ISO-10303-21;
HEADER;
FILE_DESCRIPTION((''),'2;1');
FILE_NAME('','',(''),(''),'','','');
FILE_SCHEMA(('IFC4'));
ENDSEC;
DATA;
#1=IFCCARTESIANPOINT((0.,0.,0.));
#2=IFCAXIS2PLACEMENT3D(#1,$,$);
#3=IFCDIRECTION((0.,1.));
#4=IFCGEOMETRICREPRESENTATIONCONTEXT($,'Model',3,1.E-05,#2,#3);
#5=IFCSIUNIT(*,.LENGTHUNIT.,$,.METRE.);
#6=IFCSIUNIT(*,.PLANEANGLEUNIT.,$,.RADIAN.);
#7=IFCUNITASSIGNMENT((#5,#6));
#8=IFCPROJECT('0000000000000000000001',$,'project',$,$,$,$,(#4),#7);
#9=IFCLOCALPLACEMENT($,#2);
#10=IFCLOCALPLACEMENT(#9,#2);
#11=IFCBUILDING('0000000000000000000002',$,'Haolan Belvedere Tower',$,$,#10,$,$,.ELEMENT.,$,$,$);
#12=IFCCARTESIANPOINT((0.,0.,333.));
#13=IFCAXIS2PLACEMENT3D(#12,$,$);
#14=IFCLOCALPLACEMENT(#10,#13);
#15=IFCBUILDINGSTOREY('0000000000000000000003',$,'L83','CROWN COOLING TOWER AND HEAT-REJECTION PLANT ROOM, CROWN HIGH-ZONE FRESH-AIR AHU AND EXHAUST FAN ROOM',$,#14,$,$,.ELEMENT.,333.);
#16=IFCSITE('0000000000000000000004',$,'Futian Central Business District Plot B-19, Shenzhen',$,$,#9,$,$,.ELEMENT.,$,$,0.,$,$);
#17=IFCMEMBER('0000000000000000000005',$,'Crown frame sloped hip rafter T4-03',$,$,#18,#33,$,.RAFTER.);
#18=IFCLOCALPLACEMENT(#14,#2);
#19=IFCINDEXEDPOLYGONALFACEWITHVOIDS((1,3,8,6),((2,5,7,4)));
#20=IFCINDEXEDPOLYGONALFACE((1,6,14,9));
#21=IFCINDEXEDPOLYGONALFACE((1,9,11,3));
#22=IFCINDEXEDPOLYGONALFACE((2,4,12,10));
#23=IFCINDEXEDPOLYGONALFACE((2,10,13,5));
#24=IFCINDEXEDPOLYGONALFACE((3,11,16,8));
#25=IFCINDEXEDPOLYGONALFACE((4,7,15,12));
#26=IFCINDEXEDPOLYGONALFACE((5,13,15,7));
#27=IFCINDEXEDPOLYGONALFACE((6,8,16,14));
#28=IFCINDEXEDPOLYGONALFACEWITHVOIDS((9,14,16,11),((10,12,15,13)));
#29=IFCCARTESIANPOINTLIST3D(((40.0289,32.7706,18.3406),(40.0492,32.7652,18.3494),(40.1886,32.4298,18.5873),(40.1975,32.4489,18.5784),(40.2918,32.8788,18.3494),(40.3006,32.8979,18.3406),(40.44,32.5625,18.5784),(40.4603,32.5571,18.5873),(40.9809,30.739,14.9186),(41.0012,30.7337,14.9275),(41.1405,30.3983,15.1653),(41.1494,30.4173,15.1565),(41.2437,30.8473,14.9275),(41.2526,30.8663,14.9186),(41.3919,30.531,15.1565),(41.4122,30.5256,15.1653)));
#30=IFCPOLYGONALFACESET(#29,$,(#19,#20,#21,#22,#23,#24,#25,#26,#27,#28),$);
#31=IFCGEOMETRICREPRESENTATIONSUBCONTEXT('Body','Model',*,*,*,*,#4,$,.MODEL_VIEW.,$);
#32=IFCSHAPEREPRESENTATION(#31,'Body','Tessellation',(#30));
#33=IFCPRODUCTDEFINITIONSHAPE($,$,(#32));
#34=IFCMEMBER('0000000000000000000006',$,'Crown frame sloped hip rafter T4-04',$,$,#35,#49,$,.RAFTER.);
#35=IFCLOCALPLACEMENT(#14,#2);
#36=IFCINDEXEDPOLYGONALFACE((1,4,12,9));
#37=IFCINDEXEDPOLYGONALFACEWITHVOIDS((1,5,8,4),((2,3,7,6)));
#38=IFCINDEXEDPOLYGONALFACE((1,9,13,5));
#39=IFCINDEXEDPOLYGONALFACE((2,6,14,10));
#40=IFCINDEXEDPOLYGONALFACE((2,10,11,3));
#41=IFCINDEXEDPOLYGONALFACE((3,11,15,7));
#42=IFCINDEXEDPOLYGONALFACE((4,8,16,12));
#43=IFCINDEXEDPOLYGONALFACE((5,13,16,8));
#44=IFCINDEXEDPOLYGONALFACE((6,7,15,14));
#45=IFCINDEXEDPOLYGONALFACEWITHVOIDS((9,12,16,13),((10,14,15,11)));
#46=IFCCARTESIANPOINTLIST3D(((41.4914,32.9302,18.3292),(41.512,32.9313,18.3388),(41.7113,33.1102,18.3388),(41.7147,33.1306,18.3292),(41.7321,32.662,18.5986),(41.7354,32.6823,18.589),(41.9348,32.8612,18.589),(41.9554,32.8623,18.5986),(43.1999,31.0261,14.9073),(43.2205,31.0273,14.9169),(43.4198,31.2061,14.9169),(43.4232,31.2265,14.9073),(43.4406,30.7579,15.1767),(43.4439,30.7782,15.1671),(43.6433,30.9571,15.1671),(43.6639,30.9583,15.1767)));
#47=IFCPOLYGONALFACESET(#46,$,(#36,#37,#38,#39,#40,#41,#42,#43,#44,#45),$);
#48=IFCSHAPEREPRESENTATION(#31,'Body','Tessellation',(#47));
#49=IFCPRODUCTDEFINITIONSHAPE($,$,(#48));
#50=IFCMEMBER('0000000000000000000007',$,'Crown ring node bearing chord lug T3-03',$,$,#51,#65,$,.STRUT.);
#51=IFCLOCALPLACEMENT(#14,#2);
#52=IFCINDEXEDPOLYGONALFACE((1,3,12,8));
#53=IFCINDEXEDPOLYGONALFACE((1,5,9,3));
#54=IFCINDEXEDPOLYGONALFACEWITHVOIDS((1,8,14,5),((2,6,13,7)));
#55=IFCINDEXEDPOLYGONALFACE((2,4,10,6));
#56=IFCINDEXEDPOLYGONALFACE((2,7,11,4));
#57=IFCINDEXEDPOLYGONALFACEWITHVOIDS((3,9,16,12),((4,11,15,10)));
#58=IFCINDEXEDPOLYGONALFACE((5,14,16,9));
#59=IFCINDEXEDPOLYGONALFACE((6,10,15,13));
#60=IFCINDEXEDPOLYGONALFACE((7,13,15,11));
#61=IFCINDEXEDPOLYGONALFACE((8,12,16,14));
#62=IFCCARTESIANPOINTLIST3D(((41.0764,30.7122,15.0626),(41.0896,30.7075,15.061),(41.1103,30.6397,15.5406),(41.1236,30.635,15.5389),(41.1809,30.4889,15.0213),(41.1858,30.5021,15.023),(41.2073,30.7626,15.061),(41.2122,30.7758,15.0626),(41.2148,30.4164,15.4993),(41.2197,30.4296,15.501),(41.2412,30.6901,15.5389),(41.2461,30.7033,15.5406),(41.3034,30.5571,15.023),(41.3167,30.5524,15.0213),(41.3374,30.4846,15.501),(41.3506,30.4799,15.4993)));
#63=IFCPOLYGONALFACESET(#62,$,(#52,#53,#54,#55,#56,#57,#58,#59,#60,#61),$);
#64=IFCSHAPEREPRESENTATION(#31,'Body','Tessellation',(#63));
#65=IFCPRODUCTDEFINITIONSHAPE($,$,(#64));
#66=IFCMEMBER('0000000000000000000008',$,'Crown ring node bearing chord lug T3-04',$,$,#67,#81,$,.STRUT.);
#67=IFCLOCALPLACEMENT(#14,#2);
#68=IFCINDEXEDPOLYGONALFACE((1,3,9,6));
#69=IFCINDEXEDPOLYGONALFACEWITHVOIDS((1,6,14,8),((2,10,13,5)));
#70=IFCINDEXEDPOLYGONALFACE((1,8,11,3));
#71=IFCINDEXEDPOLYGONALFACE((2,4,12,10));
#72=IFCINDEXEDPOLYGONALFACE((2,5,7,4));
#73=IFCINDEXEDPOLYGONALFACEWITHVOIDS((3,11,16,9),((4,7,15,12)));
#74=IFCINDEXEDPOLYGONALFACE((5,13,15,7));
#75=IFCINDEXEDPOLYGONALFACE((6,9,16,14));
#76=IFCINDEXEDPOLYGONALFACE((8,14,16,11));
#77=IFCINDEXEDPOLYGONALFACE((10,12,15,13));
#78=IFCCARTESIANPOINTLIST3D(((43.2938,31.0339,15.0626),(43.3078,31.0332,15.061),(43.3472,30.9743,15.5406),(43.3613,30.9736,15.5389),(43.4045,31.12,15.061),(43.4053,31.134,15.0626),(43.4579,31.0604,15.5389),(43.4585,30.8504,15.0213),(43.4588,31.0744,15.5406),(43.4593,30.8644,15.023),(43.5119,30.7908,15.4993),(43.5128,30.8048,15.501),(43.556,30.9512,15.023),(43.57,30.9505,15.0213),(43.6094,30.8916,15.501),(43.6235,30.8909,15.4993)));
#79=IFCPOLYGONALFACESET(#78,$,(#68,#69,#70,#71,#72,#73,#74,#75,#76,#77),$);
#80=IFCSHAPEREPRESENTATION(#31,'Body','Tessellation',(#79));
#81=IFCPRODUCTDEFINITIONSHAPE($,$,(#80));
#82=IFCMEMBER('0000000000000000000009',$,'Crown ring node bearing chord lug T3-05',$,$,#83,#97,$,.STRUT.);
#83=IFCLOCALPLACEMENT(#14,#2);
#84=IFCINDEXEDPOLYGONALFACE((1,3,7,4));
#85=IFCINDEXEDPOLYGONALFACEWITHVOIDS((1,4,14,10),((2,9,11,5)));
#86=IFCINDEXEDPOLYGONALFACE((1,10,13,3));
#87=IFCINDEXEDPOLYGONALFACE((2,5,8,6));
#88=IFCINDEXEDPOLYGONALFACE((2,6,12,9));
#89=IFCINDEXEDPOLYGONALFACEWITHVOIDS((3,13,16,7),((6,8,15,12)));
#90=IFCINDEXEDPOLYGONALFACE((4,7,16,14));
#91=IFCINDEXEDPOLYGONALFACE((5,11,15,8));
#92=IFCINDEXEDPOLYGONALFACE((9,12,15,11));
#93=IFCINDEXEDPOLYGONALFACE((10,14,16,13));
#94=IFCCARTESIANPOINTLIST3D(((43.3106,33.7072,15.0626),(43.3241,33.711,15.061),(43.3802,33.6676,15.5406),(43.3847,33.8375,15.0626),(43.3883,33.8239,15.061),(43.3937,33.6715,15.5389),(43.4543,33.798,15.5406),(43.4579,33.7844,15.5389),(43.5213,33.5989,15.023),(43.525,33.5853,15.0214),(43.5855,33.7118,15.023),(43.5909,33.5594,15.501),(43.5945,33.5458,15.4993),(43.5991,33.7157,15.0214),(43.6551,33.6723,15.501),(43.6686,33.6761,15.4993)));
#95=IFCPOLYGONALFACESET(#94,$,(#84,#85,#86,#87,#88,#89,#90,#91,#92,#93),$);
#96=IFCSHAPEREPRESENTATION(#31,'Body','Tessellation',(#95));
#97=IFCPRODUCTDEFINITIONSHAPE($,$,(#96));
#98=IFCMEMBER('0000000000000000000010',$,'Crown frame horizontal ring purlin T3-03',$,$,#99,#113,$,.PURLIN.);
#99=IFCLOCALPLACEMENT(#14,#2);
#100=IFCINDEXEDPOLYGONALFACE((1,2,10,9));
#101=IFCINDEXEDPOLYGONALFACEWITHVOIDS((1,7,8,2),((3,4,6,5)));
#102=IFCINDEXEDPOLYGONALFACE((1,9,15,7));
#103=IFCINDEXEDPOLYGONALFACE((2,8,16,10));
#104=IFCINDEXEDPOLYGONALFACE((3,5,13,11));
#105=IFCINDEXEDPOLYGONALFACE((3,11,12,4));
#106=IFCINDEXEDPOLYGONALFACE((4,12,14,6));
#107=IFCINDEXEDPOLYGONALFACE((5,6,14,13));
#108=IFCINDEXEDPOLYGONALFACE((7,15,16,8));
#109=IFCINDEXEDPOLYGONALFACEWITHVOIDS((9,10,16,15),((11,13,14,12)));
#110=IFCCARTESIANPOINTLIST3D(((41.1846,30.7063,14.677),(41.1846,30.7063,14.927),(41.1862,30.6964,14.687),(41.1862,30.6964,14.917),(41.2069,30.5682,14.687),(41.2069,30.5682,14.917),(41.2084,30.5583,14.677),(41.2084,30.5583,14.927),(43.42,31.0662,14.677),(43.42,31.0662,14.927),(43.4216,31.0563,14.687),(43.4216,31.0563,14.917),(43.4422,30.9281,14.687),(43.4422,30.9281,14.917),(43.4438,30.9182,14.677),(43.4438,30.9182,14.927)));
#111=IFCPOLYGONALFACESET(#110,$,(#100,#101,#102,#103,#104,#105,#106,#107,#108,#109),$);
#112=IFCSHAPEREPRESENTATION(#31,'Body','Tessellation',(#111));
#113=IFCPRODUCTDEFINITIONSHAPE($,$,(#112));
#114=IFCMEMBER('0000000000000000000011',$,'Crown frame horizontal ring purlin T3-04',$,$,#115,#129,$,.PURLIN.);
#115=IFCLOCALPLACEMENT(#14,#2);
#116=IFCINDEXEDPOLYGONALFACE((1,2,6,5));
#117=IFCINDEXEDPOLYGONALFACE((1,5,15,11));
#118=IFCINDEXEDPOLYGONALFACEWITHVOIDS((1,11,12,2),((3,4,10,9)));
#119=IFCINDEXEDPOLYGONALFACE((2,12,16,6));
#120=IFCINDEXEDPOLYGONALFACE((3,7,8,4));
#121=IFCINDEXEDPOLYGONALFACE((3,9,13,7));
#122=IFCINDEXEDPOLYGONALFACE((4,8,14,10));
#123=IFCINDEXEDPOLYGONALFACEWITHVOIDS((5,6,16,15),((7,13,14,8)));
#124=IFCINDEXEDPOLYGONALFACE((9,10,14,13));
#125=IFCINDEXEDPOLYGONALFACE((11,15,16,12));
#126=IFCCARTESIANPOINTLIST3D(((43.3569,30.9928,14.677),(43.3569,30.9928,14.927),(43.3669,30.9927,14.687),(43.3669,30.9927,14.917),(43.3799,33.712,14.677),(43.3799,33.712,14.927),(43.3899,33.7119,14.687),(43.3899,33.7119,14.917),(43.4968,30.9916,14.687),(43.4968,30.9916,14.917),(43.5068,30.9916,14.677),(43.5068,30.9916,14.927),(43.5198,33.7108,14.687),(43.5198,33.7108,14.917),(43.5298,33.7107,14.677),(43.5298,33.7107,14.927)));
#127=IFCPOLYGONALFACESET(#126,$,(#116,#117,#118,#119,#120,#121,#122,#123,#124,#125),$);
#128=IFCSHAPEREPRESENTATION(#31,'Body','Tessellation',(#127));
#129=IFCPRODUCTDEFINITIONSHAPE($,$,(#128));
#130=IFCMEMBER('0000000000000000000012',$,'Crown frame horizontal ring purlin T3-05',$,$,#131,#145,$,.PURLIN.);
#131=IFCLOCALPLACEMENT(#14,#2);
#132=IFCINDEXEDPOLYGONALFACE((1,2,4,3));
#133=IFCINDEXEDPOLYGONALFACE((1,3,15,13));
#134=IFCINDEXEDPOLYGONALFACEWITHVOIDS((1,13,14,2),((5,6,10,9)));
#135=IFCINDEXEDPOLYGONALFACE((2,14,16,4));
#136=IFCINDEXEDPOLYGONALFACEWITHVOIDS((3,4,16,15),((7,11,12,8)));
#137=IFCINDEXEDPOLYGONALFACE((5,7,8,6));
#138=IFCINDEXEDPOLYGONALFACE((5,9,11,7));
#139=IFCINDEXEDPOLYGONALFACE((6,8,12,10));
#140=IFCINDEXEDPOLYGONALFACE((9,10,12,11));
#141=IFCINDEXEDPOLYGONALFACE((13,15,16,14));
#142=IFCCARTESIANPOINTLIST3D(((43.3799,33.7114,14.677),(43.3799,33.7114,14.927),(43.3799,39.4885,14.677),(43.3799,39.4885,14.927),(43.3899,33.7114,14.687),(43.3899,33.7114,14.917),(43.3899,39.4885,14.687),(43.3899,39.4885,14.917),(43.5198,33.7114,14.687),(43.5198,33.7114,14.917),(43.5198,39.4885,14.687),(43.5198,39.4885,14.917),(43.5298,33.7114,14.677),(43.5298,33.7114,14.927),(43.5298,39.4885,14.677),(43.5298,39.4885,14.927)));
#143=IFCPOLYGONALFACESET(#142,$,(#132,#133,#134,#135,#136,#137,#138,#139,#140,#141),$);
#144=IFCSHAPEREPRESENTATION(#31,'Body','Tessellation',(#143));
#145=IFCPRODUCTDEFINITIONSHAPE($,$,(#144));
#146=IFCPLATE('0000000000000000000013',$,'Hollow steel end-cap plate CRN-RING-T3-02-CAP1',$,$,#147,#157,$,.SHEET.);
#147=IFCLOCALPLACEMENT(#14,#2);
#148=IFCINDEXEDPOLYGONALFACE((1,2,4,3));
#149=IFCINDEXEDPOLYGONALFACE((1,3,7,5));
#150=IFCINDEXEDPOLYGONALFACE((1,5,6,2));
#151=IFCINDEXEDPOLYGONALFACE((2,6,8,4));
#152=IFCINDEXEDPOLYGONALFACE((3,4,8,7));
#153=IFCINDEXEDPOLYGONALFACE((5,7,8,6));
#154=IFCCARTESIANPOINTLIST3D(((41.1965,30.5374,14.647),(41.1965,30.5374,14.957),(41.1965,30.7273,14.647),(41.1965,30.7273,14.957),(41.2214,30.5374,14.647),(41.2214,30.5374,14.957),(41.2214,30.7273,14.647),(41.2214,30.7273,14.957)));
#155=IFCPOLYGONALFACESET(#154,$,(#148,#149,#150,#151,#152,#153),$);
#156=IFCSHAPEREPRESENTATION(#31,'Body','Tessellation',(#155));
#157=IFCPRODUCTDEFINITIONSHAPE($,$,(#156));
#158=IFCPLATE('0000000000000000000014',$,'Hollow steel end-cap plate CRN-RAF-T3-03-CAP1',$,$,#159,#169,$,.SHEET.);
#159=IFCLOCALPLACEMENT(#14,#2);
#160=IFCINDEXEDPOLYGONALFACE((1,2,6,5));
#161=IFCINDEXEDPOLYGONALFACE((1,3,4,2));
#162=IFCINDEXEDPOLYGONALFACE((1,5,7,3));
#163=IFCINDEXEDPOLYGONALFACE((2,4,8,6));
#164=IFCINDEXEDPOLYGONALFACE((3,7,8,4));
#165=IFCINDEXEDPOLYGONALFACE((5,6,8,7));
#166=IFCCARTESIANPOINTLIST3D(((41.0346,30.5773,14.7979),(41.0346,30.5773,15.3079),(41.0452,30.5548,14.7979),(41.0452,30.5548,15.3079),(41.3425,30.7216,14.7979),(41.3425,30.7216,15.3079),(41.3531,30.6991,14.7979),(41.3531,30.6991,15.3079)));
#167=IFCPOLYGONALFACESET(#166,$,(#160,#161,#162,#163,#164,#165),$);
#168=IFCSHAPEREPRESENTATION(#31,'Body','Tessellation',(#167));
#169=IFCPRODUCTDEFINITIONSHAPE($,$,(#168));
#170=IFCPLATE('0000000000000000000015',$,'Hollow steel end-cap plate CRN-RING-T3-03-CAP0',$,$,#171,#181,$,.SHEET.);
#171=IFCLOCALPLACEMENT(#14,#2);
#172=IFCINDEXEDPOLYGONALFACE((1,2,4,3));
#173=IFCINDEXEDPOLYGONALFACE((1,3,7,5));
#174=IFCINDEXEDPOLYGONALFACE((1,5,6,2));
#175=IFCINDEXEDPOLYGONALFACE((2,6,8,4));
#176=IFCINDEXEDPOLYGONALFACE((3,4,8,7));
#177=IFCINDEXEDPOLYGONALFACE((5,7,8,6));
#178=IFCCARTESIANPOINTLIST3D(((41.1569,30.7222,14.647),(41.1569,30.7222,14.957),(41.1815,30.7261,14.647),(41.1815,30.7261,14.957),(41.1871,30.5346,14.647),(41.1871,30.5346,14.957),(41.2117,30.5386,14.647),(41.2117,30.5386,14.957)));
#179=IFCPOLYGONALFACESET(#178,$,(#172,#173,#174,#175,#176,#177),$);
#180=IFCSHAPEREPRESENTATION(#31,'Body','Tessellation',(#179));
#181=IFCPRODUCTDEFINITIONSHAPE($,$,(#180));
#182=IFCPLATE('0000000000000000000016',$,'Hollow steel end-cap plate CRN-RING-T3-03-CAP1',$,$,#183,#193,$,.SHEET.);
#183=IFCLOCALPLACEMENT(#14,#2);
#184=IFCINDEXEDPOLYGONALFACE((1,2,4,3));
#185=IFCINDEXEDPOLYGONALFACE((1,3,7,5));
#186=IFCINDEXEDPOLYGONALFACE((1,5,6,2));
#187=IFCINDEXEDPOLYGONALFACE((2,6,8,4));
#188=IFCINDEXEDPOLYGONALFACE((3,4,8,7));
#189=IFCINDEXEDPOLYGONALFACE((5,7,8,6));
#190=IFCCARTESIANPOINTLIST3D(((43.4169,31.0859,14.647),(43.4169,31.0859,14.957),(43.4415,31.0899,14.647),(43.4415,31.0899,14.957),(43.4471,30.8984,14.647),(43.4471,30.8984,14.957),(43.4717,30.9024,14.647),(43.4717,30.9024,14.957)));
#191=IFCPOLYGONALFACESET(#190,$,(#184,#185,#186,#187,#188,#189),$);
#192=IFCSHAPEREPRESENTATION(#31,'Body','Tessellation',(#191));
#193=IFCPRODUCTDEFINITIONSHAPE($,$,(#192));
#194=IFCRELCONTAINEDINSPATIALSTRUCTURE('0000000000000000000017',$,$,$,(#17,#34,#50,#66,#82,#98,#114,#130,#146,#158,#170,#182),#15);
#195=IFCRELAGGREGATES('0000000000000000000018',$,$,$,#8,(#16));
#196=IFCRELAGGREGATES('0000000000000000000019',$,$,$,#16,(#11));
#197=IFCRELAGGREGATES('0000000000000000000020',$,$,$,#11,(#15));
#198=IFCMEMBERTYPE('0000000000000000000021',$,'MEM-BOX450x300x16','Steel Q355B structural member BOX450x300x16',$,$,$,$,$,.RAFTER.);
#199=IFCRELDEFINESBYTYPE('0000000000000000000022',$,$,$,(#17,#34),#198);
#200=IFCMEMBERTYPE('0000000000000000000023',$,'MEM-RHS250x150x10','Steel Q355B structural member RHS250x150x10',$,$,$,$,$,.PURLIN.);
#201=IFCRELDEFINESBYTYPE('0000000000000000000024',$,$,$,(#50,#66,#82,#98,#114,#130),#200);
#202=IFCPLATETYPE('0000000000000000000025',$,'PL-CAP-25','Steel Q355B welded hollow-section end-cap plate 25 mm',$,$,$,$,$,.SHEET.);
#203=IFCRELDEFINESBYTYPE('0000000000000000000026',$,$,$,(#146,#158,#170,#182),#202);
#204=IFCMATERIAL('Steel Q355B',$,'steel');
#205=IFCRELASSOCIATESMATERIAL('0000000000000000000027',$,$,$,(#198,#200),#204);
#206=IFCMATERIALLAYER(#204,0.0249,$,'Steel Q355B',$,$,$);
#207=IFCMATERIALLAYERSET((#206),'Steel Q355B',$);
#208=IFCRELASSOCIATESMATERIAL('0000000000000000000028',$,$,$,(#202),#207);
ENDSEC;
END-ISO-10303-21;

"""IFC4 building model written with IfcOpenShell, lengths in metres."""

from ifc_helpers import new_model, si_unit, direction, frame, origin, origin_2d, place, context, subcontext, project, spatial, rectangle, hollow_rectangle, extrude, material, layer, layer_set, material_profile, profile_set, type_object, element, save


model = new_model("IFC4")

# Units and contexts
model_context = context("Model", 3, precision=1e-05, world=origin(), true_north=direction((0.0, 1.0)))
body_context = subcontext(model_context, "Body", "Model", "MODEL_VIEW")
ifc_project = project(units=[si_unit("LENGTHUNIT", "METRE"), si_unit("PLANEANGLEUNIT", "RADIAN")], contexts=[model_context])

# Site, building, storey
site_placement = place(None, origin())
site = spatial("IfcSite", under=ifc_project, at=site_placement, Name="Futian Central Business District Plot B-19, Shenzhen", CompositionType="ELEMENT", RefElevation=0.0)
building_placement = place(site_placement, origin())
building = spatial("IfcBuilding", under=site, at=building_placement, Name="Haolan Belvedere Tower", CompositionType="ELEMENT")
storey_placement = place(building_placement, frame((0.0, 0.0, 333.0)))
storey = spatial("IfcBuildingStorey", under=building, at=storey_placement, Name="L83", Description="CROWN COOLING TOWER AND HEAT-REJECTION PLANT ROOM, CROWN HIGH-ZONE FRESH-AIR AHU AND EXHAUST FAN ROOM", CompositionType="ELEMENT", Elevation=333.0)

# Members
ifc_material_1 = material(Name="Steel Q355B", Category="steel")
ifc_material_profile_1 = material_profile(ifc_material_1, hollow_rectangle(XDim=0.3, YDim=0.45, WallThickness=0.0161, at=origin_2d()), Name="Steel Q355B")
ifc_profile_set_1 = profile_set([ifc_material_profile_1], Name="Steel Q355B")
member_type_1 = type_object("IfcMemberType", Name="MEM-BOX450x300x16", Description="Steel Q355B structural member BOX450x300x16", PredefinedType="RAFTER", material=ifc_profile_set_1)
member_1_placement = place(storey_placement, frame((41.1965, 30.6323, 15.042), z_axis=(-0.232641, 0.496487, 0.836289), x_axis=(-0.90552, -0.424303, 0.0)))
element("IfcMember", 1, at=member_1_placement, inside=storey, type_object=member_type_1, Name="Crown frame sloped hip rafter T4-03", PredefinedType="RAFTER", context=body_context, shape_type="SweptSolid", body=[
    extrude(hollow_rectangle(XDim=0.3, YDim=0.45, WallThickness=0.0161, at=origin_2d()), origin(), (0.0, 0.0, 1.0), 4.0918),
])
member_2_placement = place(storey_placement, frame((43.4319, 30.9922, 15.042), z_axis=(-0.399889, 0.445661, 0.800921), x_axis=(-0.744295, -0.667851, 0.0)))
element("IfcMember", 2, at=member_2_placement, inside=storey, type_object=member_type_1, Name="Crown frame sloped hip rafter T4-04", PredefinedType="RAFTER", context=body_context, shape_type="SweptSolid", body=[
    extrude(hollow_rectangle(XDim=0.3, YDim=0.45, WallThickness=0.0161, at=origin_2d()), origin(), (0.0, 0.0, 1.0), 4.2725),
])
ifc_material_profile_2 = material_profile(ifc_material_1, hollow_rectangle(XDim=0.1499, YDim=0.25, WallThickness=0.01, at=origin_2d()), Name="Steel Q355B")
ifc_profile_set_2 = profile_set([ifc_material_profile_2], Name="Steel Q355B")
member_type_2 = type_object("IfcMemberType", Name="MEM-RHS250x150x10", Description="Steel Q355B structural member RHS250x150x10", PredefinedType="PURLIN", material=ifc_profile_set_2)
for number, where, z_axis, x_axis, name in (
    (3, (41.1965, 30.6323, 15.042), (0.070016, -0.149602, 0.986264), (0.905715, 0.423887, 0.0), "Crown ring node bearing chord lug T3-03"),
    (4, (43.4319, 30.9922, 15.042), (0.110313, -0.122906, 0.986268), (0.744203, 0.667953, 0.0), "Crown ring node bearing chord lug T3-04"),
    (5, (43.4548, 33.7114, 15.042), (0.143558, -0.081602, 0.986272), (0.494167, 0.869367, 0.0), "Crown ring node bearing chord lug T3-05"),
):
    element("IfcMember", number, at=place(storey_placement, frame(where, z_axis=z_axis, x_axis=x_axis)), inside=storey, type_object=member_type_2, Name=name, PredefinedType="STRUT", context=body_context, shape_type="SweptSolid", body=[
        extrude(hollow_rectangle(XDim=0.1499, YDim=0.25, WallThickness=0.01, at=origin_2d()), origin(), (0.0, 0.0, 1.0), 0.4846),
    ])
member_3_placement = place(storey_placement, frame((41.1965, 30.6323, 14.802), z_axis=(0.987288, 0.158941, 0.0), x_axis=(-0.158941, 0.987288, 0.0)))
element("IfcMember", 6, at=member_3_placement, inside=storey, type_object=member_type_2, Name="Crown frame horizontal ring purlin T3-03", PredefinedType="PURLIN", context=body_context, shape_type="SweptSolid", body=[
    extrude(hollow_rectangle(XDim=0.1499, YDim=0.25, WallThickness=0.01, at=origin_2d()), origin(), (0.0, 0.0, 1.0), 2.2642),
])
member_4_placement = place(storey_placement, frame((43.4319, 30.9922, 14.802), z_axis=(0.008439, 0.999964, 0.0), x_axis=(-0.999964, 0.008439, 0.0)))
element("IfcMember", 7, at=member_4_placement, inside=storey, type_object=member_type_2, Name="Crown frame horizontal ring purlin T3-04", PredefinedType="PURLIN", context=body_context, shape_type="SweptSolid", body=[
    extrude(hollow_rectangle(XDim=0.1499, YDim=0.25, WallThickness=0.01, at=origin_2d()), origin(), (0.0, 0.0, 1.0), 2.7192),
])
member_5_placement = place(storey_placement, frame((43.4548, 33.7114, 14.802), z_axis=(0.0, 1.0, 0.0), x_axis=(-1.0, 0.0, 0.0)))
element("IfcMember", 8, at=member_5_placement, inside=storey, type_object=member_type_2, Name="Crown frame horizontal ring purlin T3-05", PredefinedType="PURLIN", context=body_context, shape_type="SweptSolid", body=[
    extrude(hollow_rectangle(XDim=0.1499, YDim=0.25, WallThickness=0.01, at=origin_2d()), origin(), (0.0, 0.0, 1.0), 5.7771),
])

# Plates
ifc_layer_1 = layer(ifc_material_1, 0.0249, Name="Steel Q355B")
ifc_layer_set_1 = layer_set([ifc_layer_1], Name="Steel Q355B")
plate_type = type_object("IfcPlateType", Name="PL-CAP-25", Description="Steel Q355B welded hollow-section end-cap plate 25 mm", PredefinedType="SHEET", material=ifc_layer_set_1)
plate_1_placement = place(storey_placement, frame((41.209, 30.6323, 14.647), z_axis=(0.0, 0.0, 1.0), x_axis=(0.0, 1.0, 0.0)))
element("IfcPlate", 9, at=plate_1_placement, inside=storey, type_object=plate_type, Name="Hollow steel end-cap plate CRN-RING-T3-02-CAP1", PredefinedType="SHEET", context=body_context, shape_type="SweptSolid", body=[
    extrude(rectangle(XDim=0.1899, YDim=0.0249, at=origin_2d()), origin(), (0.0, 0.0, 1.0), 0.3101),
])
plate_2_placement = place(storey_placement, frame((41.1938, 30.6382, 14.7979), z_axis=(0.0, 0.0, 1.0), x_axis=(-0.905502, -0.424342, 0.0)))
element("IfcPlate", 10, at=plate_2_placement, inside=storey, type_object=plate_type, Name="Hollow steel end-cap plate CRN-RAF-T3-03-CAP1", PredefinedType="SHEET", context=body_context, shape_type="SweptSolid", body=[
    extrude(rectangle(XDim=0.3401, YDim=0.0249, at=origin_2d()), origin(), (0.0, 0.0, 1.0), 0.51),
])
for number, where, z_axis, x_axis, name in (
    (11, (41.1843, 30.6304, 14.647), (0.0, 0.0, 1.0), (0.158951, -0.987287, 0.0), "Hollow steel end-cap plate CRN-RING-T3-03-CAP0"),
    (12, (43.4443, 30.9941, 14.647), (0.0, 0.0, 1.0), (-0.158951, 0.987287, 0.0), "Hollow steel end-cap plate CRN-RING-T3-03-CAP1"),
):
    element("IfcPlate", number, at=place(storey_placement, frame(where, z_axis=z_axis, x_axis=x_axis)), inside=storey, type_object=plate_type, Name=name, PredefinedType="SHEET", context=body_context, shape_type="SweptSolid", body=[
        extrude(rectangle(XDim=0.1899, YDim=0.0249, at=origin_2d()), origin(), (0.0, 0.0, 1.0), 0.3101),
    ])

save(model, "model.ifc")
